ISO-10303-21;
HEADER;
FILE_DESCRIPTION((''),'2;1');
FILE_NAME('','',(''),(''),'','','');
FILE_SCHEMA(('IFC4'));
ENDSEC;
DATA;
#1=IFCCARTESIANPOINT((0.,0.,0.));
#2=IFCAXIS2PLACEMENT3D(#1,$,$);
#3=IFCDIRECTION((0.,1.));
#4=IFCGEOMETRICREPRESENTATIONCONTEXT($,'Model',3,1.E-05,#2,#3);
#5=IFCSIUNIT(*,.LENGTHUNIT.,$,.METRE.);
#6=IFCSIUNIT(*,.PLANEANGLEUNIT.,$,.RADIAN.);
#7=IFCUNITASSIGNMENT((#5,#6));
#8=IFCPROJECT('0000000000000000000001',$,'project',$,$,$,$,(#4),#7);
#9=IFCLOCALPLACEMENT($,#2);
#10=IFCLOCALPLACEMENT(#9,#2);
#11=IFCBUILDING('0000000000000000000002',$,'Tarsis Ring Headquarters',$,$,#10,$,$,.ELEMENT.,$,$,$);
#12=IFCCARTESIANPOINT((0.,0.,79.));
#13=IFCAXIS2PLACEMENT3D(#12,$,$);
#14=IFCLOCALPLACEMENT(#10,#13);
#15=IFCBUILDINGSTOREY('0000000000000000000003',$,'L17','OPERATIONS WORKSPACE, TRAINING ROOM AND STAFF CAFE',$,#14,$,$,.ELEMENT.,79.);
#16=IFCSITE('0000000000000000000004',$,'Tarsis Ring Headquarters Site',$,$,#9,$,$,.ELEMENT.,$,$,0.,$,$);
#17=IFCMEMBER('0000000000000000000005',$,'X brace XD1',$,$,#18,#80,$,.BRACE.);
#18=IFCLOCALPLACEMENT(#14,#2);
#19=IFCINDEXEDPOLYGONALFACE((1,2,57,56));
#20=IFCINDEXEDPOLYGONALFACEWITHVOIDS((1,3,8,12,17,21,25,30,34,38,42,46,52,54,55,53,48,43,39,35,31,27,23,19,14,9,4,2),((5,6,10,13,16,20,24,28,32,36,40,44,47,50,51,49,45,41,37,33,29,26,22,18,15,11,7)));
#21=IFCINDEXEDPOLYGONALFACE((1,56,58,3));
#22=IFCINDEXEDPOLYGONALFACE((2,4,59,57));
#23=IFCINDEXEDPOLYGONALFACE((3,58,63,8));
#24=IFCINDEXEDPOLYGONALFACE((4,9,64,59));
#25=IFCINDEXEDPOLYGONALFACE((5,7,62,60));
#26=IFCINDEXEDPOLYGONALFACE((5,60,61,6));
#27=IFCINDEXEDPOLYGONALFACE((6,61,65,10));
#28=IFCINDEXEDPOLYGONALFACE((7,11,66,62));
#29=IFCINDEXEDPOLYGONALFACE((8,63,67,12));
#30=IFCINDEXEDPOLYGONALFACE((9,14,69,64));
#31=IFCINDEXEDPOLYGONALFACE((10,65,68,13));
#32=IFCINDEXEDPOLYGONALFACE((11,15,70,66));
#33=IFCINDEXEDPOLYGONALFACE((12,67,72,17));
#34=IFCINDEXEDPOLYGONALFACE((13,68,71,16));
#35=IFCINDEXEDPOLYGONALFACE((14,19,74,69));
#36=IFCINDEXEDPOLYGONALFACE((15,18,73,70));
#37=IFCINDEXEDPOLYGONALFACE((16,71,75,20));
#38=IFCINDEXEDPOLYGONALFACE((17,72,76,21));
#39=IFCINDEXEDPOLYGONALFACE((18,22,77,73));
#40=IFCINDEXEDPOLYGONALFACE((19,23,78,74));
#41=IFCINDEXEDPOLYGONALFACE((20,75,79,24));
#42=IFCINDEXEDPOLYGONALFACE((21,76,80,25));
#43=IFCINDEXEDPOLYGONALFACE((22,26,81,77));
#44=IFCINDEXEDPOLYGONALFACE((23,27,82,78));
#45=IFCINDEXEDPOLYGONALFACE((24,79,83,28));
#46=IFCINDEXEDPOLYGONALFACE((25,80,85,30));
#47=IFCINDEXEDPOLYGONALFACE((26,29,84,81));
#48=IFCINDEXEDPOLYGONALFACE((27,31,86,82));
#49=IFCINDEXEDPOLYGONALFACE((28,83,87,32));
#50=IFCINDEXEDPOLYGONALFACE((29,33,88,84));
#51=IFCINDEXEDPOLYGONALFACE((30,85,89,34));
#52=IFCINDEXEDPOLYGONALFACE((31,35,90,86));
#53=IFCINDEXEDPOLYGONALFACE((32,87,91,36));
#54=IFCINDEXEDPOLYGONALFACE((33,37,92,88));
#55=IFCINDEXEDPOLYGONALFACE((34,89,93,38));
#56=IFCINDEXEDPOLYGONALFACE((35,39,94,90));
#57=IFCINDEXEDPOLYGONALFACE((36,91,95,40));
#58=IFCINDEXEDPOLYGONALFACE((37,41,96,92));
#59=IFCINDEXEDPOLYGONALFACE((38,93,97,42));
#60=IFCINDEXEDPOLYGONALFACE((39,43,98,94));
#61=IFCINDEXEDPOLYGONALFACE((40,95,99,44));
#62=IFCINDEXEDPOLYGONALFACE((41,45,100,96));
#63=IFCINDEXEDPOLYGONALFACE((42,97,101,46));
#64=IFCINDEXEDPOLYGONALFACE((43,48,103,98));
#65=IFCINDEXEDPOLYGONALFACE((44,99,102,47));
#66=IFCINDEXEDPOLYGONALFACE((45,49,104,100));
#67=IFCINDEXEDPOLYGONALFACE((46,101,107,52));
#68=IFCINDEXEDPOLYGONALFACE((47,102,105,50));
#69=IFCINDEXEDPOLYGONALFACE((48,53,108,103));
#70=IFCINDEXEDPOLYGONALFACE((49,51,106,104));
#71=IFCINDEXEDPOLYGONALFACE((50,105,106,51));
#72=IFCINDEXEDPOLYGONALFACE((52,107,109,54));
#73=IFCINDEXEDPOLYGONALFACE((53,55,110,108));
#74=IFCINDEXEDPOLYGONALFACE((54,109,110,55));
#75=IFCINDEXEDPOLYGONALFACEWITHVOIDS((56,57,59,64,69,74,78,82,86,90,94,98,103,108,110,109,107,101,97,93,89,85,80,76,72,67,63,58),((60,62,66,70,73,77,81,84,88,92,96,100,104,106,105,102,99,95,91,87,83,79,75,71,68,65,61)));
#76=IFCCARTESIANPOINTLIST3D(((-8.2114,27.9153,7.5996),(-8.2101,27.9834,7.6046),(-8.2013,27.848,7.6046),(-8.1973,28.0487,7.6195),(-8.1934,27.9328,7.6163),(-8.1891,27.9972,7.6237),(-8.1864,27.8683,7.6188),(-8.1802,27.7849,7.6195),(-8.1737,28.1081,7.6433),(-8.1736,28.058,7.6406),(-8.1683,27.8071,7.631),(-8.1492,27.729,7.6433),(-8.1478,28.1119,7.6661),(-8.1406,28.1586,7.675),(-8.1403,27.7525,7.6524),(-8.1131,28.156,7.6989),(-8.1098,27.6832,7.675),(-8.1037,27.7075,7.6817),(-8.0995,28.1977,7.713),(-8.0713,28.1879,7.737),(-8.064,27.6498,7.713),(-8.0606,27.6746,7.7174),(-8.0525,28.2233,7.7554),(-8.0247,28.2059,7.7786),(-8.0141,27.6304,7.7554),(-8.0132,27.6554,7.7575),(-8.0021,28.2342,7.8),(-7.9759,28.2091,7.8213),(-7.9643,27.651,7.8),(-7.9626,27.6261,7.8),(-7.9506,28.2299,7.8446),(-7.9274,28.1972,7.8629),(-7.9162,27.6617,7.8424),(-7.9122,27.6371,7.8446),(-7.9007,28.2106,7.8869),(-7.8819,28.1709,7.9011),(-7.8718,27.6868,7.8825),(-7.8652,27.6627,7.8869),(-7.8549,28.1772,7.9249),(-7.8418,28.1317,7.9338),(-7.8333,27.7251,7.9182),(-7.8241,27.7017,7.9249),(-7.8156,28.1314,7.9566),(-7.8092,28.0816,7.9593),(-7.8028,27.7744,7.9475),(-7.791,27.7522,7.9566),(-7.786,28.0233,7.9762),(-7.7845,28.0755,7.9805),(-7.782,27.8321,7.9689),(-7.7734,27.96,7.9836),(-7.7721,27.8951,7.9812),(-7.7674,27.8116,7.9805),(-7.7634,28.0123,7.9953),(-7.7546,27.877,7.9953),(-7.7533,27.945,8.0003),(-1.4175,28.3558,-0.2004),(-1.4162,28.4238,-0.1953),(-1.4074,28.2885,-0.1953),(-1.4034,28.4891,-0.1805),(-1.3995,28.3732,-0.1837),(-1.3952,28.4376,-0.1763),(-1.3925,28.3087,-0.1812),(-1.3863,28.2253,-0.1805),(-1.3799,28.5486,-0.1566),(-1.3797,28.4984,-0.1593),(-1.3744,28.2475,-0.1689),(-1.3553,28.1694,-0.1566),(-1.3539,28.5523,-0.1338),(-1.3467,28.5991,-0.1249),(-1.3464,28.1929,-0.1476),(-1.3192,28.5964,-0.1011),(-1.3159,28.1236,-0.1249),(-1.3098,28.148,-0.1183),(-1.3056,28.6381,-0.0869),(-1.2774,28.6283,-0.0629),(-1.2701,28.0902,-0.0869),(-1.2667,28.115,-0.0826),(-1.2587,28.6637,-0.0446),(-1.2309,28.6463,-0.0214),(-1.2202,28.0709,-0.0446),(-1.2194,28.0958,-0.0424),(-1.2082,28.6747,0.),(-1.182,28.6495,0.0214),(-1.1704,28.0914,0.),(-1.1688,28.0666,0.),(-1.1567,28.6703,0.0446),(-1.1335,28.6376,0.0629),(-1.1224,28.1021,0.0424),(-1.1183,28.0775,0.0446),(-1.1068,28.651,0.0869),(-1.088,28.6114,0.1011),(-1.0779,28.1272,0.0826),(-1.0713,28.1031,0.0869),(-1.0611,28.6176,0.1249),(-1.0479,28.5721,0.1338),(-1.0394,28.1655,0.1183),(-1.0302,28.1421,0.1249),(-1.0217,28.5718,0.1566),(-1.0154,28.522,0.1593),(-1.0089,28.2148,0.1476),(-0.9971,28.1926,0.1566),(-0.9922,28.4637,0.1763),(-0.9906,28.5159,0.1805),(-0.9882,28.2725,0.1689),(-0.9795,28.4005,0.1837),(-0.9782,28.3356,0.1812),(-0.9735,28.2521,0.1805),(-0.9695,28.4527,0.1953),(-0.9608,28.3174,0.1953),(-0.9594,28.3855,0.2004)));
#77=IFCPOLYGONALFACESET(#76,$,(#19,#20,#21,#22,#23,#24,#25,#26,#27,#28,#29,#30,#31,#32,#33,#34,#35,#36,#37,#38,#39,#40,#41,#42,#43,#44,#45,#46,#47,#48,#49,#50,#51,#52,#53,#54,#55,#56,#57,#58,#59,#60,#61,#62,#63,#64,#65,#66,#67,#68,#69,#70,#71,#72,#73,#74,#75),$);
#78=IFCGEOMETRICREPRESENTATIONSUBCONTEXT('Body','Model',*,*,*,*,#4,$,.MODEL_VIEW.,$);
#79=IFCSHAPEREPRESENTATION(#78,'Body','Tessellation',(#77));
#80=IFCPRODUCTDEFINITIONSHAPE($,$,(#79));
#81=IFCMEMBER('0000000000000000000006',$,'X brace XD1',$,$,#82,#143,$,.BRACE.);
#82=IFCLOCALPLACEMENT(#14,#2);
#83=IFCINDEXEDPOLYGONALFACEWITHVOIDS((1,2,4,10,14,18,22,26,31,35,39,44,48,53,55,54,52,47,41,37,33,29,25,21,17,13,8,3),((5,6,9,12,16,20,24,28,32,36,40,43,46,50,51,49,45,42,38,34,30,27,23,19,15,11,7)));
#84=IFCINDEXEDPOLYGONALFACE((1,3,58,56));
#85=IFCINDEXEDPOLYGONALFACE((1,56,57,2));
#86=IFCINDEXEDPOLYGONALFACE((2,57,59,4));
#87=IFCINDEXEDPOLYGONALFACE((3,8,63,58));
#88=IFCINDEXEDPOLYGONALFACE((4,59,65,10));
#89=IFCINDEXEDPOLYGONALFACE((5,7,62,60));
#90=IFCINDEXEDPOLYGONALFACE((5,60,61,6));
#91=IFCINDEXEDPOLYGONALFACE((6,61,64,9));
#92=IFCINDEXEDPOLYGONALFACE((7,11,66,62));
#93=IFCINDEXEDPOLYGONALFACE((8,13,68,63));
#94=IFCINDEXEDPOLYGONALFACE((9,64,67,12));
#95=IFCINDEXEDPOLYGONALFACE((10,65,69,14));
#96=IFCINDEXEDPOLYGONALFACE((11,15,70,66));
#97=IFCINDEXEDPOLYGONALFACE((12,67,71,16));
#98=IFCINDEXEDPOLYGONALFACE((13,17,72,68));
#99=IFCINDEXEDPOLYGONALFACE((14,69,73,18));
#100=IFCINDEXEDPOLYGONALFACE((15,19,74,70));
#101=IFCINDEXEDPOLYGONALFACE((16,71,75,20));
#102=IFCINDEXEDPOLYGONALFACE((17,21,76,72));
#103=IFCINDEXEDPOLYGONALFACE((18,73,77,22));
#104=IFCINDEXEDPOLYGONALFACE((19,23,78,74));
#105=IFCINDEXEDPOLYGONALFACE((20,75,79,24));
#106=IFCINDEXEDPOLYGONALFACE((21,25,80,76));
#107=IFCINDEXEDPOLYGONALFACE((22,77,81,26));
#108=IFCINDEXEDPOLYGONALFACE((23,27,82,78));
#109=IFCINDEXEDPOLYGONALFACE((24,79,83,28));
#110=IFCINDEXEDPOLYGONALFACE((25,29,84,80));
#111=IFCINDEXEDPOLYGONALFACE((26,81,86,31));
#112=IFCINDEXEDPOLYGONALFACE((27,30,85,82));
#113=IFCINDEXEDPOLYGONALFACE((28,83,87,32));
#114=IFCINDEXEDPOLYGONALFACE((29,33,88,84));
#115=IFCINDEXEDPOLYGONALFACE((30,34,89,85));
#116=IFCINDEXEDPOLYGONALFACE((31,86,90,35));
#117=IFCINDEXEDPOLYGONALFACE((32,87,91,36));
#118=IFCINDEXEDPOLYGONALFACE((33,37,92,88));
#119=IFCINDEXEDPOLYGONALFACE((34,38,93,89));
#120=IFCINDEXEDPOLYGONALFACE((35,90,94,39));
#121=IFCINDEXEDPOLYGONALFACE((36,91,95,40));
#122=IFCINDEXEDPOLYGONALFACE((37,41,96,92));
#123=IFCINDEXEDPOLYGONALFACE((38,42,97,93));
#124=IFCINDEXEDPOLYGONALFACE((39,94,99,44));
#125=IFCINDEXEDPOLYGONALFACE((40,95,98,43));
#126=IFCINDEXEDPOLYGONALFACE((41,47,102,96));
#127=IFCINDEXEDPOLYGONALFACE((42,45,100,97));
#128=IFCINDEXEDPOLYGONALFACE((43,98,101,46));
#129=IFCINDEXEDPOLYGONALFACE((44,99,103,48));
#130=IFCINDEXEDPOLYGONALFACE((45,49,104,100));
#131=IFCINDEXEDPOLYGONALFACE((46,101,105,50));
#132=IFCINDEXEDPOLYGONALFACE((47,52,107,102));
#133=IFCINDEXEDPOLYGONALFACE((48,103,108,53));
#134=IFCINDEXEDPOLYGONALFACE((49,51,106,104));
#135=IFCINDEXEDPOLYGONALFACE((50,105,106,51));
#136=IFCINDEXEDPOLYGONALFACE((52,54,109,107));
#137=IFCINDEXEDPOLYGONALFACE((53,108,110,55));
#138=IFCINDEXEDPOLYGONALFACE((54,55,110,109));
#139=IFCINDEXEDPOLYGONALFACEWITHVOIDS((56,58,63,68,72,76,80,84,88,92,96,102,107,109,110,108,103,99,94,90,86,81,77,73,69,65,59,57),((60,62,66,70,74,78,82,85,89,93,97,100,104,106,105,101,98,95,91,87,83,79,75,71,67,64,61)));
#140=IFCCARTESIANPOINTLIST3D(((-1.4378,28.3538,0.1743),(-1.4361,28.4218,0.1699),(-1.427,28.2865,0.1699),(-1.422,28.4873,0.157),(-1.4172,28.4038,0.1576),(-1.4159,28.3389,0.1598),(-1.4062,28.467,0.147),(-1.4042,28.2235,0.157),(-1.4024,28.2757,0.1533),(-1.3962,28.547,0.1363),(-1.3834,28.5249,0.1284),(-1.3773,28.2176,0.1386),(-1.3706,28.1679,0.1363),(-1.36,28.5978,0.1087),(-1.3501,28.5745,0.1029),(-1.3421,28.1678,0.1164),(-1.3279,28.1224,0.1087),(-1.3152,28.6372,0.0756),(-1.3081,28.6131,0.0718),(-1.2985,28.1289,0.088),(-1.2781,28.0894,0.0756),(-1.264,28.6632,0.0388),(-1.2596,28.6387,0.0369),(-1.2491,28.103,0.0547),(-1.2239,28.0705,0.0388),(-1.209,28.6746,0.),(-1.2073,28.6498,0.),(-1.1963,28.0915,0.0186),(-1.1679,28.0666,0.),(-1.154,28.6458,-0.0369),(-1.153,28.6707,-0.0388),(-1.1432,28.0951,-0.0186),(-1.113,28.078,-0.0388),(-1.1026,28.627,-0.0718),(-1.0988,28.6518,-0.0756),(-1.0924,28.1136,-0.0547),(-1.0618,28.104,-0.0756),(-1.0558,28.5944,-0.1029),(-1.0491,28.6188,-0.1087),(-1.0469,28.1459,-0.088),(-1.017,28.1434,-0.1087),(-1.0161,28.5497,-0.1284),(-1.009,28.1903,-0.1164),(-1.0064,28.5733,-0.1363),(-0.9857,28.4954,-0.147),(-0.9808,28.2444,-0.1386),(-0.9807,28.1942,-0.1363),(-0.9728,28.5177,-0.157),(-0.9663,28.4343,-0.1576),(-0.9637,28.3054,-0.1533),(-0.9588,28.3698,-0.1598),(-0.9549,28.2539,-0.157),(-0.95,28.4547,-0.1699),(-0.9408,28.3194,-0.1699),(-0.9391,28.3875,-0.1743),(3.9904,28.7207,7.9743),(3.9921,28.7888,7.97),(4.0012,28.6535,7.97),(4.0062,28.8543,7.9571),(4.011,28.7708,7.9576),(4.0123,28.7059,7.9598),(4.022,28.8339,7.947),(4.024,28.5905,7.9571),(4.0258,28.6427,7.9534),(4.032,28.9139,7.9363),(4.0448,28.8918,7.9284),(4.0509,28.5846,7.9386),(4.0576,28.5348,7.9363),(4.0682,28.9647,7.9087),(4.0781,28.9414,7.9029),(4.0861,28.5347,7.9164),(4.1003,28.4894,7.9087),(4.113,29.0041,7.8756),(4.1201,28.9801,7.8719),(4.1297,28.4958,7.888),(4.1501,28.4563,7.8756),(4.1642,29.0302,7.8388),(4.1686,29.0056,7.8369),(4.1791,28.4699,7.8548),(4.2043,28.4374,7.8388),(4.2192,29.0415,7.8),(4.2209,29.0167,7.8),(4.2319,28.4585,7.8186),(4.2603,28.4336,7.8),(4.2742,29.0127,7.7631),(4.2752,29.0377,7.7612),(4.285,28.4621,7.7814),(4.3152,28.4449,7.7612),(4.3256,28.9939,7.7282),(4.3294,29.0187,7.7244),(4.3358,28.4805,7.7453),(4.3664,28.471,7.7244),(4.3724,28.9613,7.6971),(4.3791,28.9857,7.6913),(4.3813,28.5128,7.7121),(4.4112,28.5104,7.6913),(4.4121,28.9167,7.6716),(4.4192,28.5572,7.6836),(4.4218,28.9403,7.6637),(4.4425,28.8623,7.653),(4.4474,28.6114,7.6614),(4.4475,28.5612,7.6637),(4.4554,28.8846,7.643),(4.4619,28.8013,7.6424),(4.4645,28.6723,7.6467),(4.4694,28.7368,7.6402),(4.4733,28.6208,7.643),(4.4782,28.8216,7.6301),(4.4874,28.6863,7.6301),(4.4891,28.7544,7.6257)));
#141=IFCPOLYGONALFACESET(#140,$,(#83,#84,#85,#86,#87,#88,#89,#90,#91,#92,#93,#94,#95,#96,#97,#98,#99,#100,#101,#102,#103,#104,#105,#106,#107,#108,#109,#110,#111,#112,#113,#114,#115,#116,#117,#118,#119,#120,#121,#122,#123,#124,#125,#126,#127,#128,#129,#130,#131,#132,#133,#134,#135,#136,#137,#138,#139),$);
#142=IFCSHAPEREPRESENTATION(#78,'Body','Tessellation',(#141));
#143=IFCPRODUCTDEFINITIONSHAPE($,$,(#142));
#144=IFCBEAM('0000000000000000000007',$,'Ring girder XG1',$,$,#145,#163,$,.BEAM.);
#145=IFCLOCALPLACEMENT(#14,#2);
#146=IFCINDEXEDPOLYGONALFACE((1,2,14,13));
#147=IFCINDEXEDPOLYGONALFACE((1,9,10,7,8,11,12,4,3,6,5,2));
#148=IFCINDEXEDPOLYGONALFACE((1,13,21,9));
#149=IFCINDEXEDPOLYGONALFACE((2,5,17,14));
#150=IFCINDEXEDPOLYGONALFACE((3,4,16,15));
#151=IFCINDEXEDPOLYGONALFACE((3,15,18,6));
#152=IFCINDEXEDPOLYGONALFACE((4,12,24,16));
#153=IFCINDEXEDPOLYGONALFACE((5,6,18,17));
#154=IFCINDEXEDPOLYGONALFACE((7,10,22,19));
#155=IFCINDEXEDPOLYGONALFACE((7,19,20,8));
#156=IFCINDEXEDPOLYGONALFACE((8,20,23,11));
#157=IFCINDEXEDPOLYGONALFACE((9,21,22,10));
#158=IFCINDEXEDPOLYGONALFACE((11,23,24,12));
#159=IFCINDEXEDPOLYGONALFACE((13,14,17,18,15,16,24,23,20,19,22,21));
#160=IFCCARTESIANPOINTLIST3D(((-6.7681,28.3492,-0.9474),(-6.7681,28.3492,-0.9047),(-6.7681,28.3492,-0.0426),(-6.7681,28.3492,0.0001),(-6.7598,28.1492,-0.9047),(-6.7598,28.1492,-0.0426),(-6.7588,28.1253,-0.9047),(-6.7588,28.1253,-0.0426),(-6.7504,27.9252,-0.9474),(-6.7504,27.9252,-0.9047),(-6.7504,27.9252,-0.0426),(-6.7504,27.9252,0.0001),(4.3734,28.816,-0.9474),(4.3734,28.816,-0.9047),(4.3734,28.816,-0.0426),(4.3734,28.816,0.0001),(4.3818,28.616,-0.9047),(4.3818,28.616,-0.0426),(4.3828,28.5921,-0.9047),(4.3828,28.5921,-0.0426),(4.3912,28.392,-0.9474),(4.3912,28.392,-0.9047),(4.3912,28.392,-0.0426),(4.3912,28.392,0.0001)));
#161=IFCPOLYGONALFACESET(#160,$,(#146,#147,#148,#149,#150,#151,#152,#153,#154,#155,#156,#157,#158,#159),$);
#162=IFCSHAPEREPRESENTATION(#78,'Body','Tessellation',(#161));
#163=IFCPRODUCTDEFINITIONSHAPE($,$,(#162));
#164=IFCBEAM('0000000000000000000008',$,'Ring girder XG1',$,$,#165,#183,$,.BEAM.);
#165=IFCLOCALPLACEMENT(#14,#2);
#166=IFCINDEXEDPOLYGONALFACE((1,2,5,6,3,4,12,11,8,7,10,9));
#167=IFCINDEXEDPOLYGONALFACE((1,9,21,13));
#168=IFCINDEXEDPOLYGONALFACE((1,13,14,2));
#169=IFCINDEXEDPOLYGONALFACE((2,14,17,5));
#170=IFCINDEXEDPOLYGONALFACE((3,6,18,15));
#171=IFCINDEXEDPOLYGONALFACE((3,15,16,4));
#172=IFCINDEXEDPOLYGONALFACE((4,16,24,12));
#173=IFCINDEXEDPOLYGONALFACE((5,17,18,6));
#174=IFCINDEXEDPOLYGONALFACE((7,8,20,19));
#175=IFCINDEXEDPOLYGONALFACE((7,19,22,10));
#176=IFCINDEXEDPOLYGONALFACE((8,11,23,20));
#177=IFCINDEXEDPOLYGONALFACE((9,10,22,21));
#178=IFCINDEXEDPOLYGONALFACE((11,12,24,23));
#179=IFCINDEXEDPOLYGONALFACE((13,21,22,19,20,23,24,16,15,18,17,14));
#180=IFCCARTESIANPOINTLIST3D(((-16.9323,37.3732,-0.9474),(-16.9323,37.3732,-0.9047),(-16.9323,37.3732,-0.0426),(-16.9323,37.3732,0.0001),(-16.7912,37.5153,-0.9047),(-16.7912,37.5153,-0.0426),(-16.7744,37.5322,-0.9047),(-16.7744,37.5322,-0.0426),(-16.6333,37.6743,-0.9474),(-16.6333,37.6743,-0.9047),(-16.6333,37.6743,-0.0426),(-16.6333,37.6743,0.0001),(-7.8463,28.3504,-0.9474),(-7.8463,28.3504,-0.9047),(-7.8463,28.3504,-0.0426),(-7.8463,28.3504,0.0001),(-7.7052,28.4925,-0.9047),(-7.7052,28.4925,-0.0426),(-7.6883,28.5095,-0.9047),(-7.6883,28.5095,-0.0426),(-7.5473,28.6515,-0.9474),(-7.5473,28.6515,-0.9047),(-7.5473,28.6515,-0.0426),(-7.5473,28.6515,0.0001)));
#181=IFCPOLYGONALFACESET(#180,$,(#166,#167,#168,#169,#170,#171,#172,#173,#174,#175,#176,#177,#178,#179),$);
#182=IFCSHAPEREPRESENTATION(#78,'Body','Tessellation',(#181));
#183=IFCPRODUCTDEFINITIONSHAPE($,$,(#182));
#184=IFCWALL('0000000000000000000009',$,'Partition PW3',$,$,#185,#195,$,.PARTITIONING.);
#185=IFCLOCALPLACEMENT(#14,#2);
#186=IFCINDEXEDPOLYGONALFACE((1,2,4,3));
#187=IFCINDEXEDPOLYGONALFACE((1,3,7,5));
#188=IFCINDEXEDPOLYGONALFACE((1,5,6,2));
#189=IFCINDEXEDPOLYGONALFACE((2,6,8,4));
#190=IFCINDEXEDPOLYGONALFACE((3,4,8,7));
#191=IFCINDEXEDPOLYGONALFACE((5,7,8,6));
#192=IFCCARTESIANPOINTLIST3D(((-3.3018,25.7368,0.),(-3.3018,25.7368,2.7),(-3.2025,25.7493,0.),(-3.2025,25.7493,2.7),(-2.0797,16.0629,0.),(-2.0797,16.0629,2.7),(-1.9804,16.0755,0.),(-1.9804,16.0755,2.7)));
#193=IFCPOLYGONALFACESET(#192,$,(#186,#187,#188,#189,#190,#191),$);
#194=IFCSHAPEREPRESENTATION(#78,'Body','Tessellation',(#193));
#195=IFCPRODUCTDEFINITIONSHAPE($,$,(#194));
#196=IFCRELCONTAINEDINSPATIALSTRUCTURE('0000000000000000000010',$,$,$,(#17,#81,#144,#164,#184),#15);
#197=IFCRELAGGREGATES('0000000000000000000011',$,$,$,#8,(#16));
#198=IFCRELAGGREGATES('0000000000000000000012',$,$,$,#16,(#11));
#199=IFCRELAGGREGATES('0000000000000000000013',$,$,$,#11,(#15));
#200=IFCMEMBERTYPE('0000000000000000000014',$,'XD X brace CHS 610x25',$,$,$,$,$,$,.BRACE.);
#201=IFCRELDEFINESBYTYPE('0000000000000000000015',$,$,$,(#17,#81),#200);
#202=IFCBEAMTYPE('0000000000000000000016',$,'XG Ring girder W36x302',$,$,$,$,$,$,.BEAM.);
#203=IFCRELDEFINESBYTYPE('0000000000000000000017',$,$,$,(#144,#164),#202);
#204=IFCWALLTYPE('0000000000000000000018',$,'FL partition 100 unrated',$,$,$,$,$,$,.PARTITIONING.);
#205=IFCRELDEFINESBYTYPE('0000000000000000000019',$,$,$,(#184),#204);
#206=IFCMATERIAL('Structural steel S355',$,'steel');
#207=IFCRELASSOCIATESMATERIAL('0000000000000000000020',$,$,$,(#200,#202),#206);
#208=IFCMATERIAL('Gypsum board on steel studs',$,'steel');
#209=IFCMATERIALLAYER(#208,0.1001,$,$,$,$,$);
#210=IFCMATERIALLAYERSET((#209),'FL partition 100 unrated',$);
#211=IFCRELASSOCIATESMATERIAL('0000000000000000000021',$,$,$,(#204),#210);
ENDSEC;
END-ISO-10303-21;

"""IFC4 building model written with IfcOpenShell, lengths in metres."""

from ifc_helpers import new_model, si_unit, direction, frame, frame_2d, origin, origin_2d, place, context, subcontext, project, spatial, rectangle, hollow_circle, i_section, extrude, material, layer, layer_set, material_profile, profile_set, type_object, element, save


model = new_model("IFC4")

# Units and contexts
model_context = context("Model", 3, precision=1e-05, world=origin(), true_north=direction((0.0, 1.0)))
body_context = subcontext(model_context, "Body", "Model", "MODEL_VIEW")
ifc_project = project(units=[si_unit("LENGTHUNIT", "METRE"), si_unit("PLANEANGLEUNIT", "RADIAN")], contexts=[model_context])

# Site, building, storey
site_placement = place(None, origin())
site = spatial("IfcSite", under=ifc_project, at=site_placement, Name="Tarsis Ring Headquarters Site", CompositionType="ELEMENT", RefElevation=0.0)
building_placement = place(site_placement, origin())
building = spatial("IfcBuilding", under=site, at=building_placement, Name="Tarsis Ring Headquarters", CompositionType="ELEMENT")
storey_placement = place(building_placement, frame((0.0, 0.0, 79.0)))
storey = spatial("IfcBuildingStorey", under=building, at=storey_placement, Name="L17", Description="OPERATIONS WORKSPACE, TRAINING ROOM AND STAFF CAFE", CompositionType="ELEMENT", Elevation=79.0)

# Shared definitions
ifc_material_1 = material(Name="Structural steel S355", Category="steel")
ifc_material_profile_1 = material_profile(ifc_material_1, i_section(OverallWidth=0.4243, OverallDepth=0.9475, WebThickness=0.0239, FlangeThickness=0.0427, at=origin_2d()), Name="W36x302")
ifc_profile_set_1 = profile_set([ifc_material_profile_1], Name="Structural steel S355")

# Members
ifc_material_profile_2 = material_profile(ifc_material_1, hollow_circle(Radius=0.3047, WallThickness=0.0249, at=origin_2d()), Name="CHS 610x25")
ifc_profile_set_2 = profile_set([ifc_material_profile_2], Name="Structural steel S355")
member_type = type_object("IfcMemberType", Name="XD X brace CHS 610x25", PredefinedType="BRACE", material=ifc_profile_set_2)
member_1_placement = place(storey_placement, frame((-1.1885, 28.3706, 0.0), z_axis=(-0.656206, -0.04254, 0.753382), x_axis=(0.064691, -0.997905, 0.0)))
element("IfcMember", 1, at=member_1_placement, inside=storey, type_object=member_type, Name="X brace XD1", PredefinedType="BRACE", context=body_context, shape_type="SweptSolid", body=[
    extrude(hollow_circle(Radius=0.3047, WallThickness=0.0249, at=origin_2d()), origin(), (0.0, 0.0, 1.0), 10.3533),
])
member_2_placement = place(storey_placement, frame((-1.1885, 28.3706, 0.0), z_axis=(0.570788, 0.038585, 0.82019), x_axis=(-0.067445, 0.997723, 0.0)))
element("IfcMember", 2, at=member_2_placement, inside=storey, type_object=member_type, Name="X brace XD1", PredefinedType="BRACE", context=body_context, shape_type="SweptSolid", body=[
    extrude(hollow_circle(Radius=0.3047, WallThickness=0.0249, at=origin_2d()), origin(), (0.0, 0.0, 1.0), 9.51),
])

# Beams
beam_type_1 = type_object("IfcBeamType", Name="XG Ring girder W36x302", PredefinedType="BEAM", material=ifc_profile_set_1)
beam_1_placement = place(storey_placement, frame((4.3823, 28.604, -0.4736), z_axis=(-0.999123, -0.04186, 0.0), x_axis=(0.04186, -0.999123, 0.0)))
element("IfcBeam", 3, at=beam_1_placement, inside=storey, type_object=beam_type_1, Name="Ring girder XG1", PredefinedType="BEAM", context=body_context, shape_type="SweptSolid", body=[
    extrude(i_section(OverallWidth=0.4243, OverallDepth=0.9475, WebThickness=0.0239, FlangeThickness=0.0427, at=origin_2d()), origin(), (0.0, 0.0, 1.0), 11.1514),
])
beam_2_placement = place(storey_placement, frame((-7.6968, 28.501, -0.4736), z_axis=(-0.709572, 0.704633, 0.0), x_axis=(-0.704633, -0.709572, 0.0)))
element("IfcBeam", 4, at=beam_2_placement, inside=storey, type_object=beam_type_1, Name="Ring girder XG1", PredefinedType="BEAM", context=body_context, shape_type="SweptSolid", body=[
    extrude(i_section(OverallWidth=0.4243, OverallDepth=0.9475, WebThickness=0.0239, FlangeThickness=0.0427, at=origin_2d()), origin(), (0.0, 0.0, 1.0), 12.8049),
])

# Wall
ifc_material_2 = material(Name="Gypsum board on steel studs", Category="steel")
ifc_layer_1 = layer(ifc_material_2, 0.1001)
ifc_layer_set_1 = layer_set([ifc_layer_1], Name="FL partition 100 unrated")
wall_type_1 = type_object("IfcWallType", Name="FL partition 100 unrated", PredefinedType="PARTITIONING", material=ifc_layer_set_1)
wall_1_placement = place(storey_placement, frame((-3.2522, 25.7432, 0.0), z_axis=(0.0, 0.0, 1.0), x_axis=(0.125341, -0.992114, 0.0)))
element("IfcWall", 5, at=wall_1_placement, inside=storey, type_object=wall_type_1, Name="Partition PW3", PredefinedType="PARTITIONING", context=body_context, shape_type="SweptSolid", body=[
    extrude(rectangle(XDim=9.7507, YDim=0.1001, at=frame_2d((4.8755, 0.0))), origin(), (0.0, 0.0, 1.0), 2.7),
])

save(model, "model.ifc")
